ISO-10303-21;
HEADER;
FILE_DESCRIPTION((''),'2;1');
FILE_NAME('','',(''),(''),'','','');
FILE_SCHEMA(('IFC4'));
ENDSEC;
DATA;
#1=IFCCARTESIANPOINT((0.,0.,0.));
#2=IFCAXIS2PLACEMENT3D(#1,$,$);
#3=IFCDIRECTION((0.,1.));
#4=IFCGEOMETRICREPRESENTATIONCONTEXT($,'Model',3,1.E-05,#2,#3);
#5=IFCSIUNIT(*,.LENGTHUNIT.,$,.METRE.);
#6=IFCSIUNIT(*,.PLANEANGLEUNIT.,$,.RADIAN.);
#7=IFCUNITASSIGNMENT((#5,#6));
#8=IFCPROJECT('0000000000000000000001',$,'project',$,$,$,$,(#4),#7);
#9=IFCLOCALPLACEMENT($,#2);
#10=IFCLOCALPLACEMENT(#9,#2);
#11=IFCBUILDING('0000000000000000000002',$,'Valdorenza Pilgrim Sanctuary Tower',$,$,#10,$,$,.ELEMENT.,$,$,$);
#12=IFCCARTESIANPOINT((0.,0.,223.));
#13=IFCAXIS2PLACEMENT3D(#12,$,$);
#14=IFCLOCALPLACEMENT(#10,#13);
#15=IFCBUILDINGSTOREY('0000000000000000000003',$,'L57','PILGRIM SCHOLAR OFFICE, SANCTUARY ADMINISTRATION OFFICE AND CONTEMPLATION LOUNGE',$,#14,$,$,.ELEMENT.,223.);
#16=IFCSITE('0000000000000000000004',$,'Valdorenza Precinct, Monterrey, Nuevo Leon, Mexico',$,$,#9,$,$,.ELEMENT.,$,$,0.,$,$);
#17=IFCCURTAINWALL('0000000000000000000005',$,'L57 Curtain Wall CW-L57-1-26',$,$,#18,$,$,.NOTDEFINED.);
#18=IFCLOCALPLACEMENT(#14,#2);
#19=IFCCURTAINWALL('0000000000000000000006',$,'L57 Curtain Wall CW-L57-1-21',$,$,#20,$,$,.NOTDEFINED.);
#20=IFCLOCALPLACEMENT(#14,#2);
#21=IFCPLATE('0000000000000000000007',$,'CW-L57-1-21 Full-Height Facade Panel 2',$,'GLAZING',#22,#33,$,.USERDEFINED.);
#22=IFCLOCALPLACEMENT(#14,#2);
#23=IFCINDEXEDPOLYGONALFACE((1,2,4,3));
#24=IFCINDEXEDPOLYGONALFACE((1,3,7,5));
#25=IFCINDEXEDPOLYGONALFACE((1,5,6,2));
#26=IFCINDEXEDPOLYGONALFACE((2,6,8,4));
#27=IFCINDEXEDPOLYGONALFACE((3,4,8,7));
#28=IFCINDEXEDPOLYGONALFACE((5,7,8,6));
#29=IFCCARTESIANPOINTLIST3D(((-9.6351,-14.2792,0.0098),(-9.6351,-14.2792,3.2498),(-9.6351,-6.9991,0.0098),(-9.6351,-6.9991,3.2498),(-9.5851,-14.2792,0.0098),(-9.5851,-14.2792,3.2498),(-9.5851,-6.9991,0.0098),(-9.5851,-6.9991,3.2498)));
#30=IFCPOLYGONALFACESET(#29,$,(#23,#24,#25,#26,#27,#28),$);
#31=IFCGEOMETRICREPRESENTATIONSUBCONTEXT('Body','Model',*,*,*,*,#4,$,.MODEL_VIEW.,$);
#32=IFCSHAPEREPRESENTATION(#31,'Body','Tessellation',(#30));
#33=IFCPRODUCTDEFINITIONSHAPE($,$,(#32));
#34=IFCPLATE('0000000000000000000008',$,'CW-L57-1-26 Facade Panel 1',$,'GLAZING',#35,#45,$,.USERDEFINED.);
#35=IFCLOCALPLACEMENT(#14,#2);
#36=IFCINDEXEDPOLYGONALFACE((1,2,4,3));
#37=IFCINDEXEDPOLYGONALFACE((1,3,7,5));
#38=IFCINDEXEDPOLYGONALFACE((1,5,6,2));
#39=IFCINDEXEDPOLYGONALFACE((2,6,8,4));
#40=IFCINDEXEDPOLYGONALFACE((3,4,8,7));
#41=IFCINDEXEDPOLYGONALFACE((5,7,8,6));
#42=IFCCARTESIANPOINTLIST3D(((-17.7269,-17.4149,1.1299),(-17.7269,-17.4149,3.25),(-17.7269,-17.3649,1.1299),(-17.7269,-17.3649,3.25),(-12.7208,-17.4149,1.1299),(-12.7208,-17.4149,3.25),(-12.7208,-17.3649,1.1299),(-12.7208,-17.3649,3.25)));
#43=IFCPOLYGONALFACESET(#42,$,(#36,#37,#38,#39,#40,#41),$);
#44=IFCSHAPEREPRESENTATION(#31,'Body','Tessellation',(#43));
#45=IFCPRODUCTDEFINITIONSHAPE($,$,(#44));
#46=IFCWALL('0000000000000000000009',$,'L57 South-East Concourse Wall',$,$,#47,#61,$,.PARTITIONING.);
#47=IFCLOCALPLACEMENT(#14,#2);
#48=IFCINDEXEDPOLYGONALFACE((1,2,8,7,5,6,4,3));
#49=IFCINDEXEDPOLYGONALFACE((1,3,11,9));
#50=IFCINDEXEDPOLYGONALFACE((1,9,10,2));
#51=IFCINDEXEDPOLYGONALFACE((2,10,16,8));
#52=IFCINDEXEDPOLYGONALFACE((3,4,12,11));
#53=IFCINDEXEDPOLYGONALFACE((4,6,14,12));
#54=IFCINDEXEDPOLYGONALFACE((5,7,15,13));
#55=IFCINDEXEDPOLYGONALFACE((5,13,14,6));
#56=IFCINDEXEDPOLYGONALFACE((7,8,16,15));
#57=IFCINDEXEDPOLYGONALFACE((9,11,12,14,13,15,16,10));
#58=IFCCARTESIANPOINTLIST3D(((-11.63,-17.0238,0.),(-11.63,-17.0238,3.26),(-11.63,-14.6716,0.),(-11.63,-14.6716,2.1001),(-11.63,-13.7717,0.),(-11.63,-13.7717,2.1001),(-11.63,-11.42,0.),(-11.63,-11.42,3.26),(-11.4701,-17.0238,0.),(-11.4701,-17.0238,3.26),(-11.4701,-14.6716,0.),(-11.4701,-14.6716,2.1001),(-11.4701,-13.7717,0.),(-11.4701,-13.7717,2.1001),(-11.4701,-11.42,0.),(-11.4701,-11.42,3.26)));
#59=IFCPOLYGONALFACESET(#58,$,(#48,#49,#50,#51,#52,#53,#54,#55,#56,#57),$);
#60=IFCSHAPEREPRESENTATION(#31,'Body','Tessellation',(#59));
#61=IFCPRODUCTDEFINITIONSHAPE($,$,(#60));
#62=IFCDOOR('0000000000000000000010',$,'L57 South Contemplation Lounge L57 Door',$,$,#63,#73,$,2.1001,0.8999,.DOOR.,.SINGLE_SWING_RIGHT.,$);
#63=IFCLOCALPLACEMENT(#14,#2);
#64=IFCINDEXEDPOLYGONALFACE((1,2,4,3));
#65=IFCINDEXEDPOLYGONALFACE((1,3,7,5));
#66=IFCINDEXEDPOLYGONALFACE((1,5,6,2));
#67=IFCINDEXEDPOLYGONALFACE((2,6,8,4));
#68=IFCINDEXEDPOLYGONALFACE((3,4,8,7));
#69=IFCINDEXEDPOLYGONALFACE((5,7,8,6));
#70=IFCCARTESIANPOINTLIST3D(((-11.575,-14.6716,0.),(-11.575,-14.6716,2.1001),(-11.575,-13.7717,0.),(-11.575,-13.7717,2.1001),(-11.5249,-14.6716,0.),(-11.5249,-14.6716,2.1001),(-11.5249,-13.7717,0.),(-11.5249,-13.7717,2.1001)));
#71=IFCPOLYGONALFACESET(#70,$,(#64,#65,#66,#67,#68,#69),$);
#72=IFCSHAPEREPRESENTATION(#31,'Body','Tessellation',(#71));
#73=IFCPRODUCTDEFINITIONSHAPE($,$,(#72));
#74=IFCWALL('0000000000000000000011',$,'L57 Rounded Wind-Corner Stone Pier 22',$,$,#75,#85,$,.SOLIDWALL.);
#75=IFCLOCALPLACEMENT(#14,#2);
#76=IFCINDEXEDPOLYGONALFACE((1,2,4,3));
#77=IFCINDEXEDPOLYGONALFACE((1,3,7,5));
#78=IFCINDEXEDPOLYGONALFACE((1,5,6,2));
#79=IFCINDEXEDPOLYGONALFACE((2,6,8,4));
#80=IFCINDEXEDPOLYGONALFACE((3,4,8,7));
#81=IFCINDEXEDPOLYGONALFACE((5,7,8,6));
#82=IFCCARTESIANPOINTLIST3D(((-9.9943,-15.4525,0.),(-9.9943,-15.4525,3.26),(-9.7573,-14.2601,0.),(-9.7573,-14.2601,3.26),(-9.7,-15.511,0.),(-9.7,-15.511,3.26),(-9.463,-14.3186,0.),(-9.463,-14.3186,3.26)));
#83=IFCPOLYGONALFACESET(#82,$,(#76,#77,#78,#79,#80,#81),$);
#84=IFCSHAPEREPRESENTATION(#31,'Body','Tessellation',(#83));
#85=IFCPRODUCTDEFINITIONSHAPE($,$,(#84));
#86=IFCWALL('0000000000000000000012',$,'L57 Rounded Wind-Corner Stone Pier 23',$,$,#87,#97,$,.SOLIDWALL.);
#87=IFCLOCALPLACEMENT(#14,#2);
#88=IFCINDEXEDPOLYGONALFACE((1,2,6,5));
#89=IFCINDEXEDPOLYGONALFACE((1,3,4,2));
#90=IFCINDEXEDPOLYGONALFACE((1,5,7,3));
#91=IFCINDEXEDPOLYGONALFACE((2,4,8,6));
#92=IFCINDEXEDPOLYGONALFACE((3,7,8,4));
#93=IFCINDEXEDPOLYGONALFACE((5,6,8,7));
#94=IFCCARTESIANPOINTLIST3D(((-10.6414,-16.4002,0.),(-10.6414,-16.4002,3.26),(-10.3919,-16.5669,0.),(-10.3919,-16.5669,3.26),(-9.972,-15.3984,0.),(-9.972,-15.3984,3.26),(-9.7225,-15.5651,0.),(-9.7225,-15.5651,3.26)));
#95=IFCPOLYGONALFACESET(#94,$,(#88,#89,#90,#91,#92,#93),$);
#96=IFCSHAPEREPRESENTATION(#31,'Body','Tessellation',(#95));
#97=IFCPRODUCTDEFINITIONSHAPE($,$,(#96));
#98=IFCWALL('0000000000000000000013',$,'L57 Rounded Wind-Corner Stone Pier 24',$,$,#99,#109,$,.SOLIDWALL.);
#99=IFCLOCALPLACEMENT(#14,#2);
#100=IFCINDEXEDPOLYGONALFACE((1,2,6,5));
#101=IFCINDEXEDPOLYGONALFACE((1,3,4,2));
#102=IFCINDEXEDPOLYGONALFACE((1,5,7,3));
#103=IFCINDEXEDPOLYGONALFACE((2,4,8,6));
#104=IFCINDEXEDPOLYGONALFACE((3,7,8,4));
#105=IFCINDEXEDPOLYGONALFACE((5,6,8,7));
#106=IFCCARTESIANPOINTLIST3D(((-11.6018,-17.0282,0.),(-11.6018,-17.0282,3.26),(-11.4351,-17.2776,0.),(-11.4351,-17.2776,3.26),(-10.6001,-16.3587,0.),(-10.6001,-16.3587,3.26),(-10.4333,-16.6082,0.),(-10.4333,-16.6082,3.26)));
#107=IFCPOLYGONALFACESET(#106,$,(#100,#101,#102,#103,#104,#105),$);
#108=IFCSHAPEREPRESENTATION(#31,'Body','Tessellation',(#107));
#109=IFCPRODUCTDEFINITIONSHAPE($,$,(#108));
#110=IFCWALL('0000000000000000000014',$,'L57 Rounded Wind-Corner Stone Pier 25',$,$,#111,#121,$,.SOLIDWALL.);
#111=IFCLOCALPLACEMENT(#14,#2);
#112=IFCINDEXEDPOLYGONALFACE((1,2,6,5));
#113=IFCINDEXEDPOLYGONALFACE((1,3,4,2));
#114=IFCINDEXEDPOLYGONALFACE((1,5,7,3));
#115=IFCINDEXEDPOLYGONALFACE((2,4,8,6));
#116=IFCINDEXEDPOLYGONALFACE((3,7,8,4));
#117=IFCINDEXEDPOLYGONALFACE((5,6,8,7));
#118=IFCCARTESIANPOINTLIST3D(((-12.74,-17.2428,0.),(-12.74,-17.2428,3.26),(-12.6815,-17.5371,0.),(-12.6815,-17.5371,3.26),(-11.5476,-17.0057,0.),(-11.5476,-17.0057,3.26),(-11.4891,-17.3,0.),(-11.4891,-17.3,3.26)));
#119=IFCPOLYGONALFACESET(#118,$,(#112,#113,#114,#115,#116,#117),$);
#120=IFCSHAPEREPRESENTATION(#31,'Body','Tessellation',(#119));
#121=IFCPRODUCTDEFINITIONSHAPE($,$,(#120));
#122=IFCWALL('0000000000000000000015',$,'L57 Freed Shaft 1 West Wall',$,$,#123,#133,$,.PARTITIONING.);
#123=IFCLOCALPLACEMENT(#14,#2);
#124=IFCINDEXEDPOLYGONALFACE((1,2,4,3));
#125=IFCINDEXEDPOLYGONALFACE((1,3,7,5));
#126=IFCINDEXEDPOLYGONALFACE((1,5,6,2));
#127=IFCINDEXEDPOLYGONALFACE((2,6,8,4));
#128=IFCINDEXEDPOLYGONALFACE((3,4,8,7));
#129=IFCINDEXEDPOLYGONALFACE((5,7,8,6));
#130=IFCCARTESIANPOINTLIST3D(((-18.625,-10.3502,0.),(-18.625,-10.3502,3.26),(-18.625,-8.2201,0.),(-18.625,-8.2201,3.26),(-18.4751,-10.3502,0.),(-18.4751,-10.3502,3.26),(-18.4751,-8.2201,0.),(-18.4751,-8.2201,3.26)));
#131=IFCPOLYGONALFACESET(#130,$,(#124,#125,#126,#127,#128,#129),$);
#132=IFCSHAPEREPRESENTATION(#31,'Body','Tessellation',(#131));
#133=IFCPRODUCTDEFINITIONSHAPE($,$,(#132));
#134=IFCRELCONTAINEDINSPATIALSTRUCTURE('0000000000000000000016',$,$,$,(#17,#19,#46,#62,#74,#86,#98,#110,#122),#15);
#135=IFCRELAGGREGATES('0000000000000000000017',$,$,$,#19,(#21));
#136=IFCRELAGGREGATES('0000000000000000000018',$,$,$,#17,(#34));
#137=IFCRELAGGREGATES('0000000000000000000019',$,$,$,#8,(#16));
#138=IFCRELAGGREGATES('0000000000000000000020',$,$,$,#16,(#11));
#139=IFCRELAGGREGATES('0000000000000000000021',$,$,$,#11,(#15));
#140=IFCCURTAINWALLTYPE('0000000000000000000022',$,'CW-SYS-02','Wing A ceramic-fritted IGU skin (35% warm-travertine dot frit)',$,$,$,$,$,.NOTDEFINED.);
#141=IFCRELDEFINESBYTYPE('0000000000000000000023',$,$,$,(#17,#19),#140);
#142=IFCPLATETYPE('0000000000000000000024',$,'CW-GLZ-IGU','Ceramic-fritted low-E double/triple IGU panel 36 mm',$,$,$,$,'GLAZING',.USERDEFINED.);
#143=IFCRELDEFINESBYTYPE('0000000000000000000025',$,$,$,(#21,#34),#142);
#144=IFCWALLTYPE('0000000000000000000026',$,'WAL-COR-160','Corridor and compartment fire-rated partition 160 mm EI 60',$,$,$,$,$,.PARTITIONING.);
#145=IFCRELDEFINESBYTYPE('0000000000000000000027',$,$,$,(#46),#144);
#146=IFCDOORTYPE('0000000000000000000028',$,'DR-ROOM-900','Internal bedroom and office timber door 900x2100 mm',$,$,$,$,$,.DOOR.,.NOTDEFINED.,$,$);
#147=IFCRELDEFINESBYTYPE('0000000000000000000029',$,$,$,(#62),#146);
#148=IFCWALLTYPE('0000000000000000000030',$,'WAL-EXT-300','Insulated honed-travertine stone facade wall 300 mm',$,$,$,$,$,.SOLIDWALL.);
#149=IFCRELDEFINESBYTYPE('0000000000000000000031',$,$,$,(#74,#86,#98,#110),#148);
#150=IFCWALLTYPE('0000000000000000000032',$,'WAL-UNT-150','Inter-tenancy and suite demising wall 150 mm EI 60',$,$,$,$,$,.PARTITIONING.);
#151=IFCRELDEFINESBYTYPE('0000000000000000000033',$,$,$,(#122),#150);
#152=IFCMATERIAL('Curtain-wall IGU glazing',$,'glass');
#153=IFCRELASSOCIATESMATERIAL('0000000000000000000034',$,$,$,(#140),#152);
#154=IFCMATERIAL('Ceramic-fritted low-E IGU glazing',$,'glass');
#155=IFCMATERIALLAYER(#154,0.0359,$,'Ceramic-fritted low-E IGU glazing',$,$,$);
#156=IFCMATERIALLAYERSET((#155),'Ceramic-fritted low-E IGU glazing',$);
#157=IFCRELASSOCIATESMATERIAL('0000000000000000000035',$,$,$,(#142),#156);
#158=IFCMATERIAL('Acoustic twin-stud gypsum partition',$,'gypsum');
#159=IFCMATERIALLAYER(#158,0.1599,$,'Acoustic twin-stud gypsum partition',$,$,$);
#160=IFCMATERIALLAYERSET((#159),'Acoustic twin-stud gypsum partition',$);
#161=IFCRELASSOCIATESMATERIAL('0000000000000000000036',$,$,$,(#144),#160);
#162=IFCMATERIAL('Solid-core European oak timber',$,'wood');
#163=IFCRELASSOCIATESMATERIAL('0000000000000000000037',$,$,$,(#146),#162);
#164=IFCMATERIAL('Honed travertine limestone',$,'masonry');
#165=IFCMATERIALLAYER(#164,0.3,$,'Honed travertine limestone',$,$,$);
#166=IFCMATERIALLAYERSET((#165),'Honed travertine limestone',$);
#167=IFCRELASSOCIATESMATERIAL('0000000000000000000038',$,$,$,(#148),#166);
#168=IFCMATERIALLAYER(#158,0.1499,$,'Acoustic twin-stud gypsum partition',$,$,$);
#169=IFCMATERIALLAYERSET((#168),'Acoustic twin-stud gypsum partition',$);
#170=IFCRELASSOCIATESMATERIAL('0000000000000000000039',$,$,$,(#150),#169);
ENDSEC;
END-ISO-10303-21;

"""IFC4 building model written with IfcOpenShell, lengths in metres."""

from ifc_helpers import new_model, si_unit, direction, frame, frame_2d, origin, origin_2d, place, context, subcontext, project, spatial, rectangle, extrude, source, transform, mapped, material, layer, layer_set, type_object, element, fill, aggregate, save


model = new_model("IFC4")

# Units and contexts
model_context = context("Model", 3, precision=1e-05, world=origin(), true_north=direction((0.0, 1.0)))
body_context = subcontext(model_context, "Body", "Model", "MODEL_VIEW")
ifc_project = project(units=[si_unit("LENGTHUNIT", "METRE"), si_unit("PLANEANGLEUNIT", "RADIAN")], contexts=[model_context])

# Site, building, storey
site_placement = place(None, origin())
site = spatial("IfcSite", under=ifc_project, at=site_placement, Name="Valdorenza Precinct, Monterrey, Nuevo Leon, Mexico", CompositionType="ELEMENT", RefElevation=0.0)
building_placement = place(site_placement, origin())
building = spatial("IfcBuilding", under=site, at=building_placement, Name="Valdorenza Pilgrim Sanctuary Tower", CompositionType="ELEMENT")
storey_placement = place(building_placement, frame((0.0, 0.0, 223.0)))
storey = spatial("IfcBuildingStorey", under=building, at=storey_placement, Name="L57", Description="PILGRIM SCHOLAR OFFICE, SANCTUARY ADMINISTRATION OFFICE AND CONTEMPLATION LOUNGE", CompositionType="ELEMENT", Elevation=223.0)

# Curtain walls
ifc_material_1 = material(Name="Curtain-wall IGU glazing", Category="glass")
curtain_wall_type = type_object("IfcCurtainWallType", Name="CW-SYS-02", Description="Wing A ceramic-fritted IGU skin (35% warm-travertine dot frit)", PredefinedType="NOTDEFINED", material=ifc_material_1)
curtain_wall_1_placement = place(storey_placement, origin())
curtain_wall_1 = element("IfcCurtainWall", 1, at=curtain_wall_1_placement, inside=storey, type_object=curtain_wall_type, Name="L57 Curtain Wall CW-L57-1-26", PredefinedType="NOTDEFINED")
curtain_wall_2_placement = place(storey_placement, origin())
curtain_wall_2 = element("IfcCurtainWall", 2, at=curtain_wall_2_placement, inside=storey, type_object=curtain_wall_type, Name="L57 Curtain Wall CW-L57-1-21", PredefinedType="NOTDEFINED")

# Plates
ifc_material_2 = material(Name="Honed travertine limestone", Category="masonry")
ifc_material_3 = material(Name="Ceramic-fritted low-E IGU glazing", Category="glass")
ifc_layer_1 = layer(ifc_material_3, 0.0359, Name="Ceramic-fritted low-E IGU glazing")
ifc_layer_set_1 = layer_set([ifc_layer_1], Name="Ceramic-fritted low-E IGU glazing")
plate_type_1 = type_object("IfcPlateType", Name="CW-GLZ-IGU", Description="Ceramic-fritted low-E double/triple IGU panel 36 mm", ElementType="GLAZING", PredefinedType="USERDEFINED", material=ifc_layer_set_1)
shared_shape_1 = source(origin(), body_context, "Body", "SweptSolid", [
    extrude(rectangle(XDim=7.28, YDim=0.05, at=origin_2d()), origin(), (0.0, 0.0, 1.0), 3.24),
])
plate_1_placement = place(storey_placement, frame((-9.6101, -10.6392, 0.0098), z_axis=(0.0, 0.0, 1.0), x_axis=(0.0, -1.0, 0.0)))
plate_1 = element("IfcPlate", 3, at=plate_1_placement, type_object=plate_type_1, Name="CW-L57-1-21 Full-Height Facade Panel 2", ObjectType="GLAZING", PredefinedType="USERDEFINED", context=body_context, shape_type="MappedRepresentation", body=[
    mapped(shared_shape_1, transform((0.0, 0.0, 0.0), x_axis=(1.0, 0.0, 0.0), y_axis=(0.0, 1.0, 0.0), z_axis=(0.0, 0.0, 1.0), scale=1.0)),
])
aggregate(curtain_wall_2, [plate_1])
shared_shape_2 = source(origin(), body_context, "Body", "SweptSolid", [
    extrude(rectangle(XDim=5.0061, YDim=0.05, at=origin_2d()), origin(), (0.0, 0.0, 1.0), 2.1201),
])
plate_2_placement = place(storey_placement, frame((-15.2239, -17.3899, 1.1299), z_axis=(0.0, 0.0, 1.0), x_axis=(-1.0, 0.0, 0.0)))
plate_2 = element("IfcPlate", 4, at=plate_2_placement, type_object=plate_type_1, Name="CW-L57-1-26 Facade Panel 1", ObjectType="GLAZING", PredefinedType="USERDEFINED", context=body_context, shape_type="MappedRepresentation", body=[
    mapped(shared_shape_2, transform((0.0, 0.0, 0.0), x_axis=(1.0, 0.0, 0.0), y_axis=(0.0, 1.0, 0.0), z_axis=(0.0, 0.0, 1.0), scale=1.0)),
])
aggregate(curtain_wall_1, [plate_2])

# Wall, opening, door
ifc_material_4 = material(Name="Acoustic twin-stud gypsum partition", Category="gypsum")
ifc_layer_2 = layer(ifc_material_4, 0.1599, Name="Acoustic twin-stud gypsum partition")
ifc_layer_set_2 = layer_set([ifc_layer_2], Name="Acoustic twin-stud gypsum partition")
wall_type_1 = type_object("IfcWallType", Name="WAL-COR-160", Description="Corridor and compartment fire-rated partition 160 mm EI 60", PredefinedType="PARTITIONING", material=ifc_layer_set_2)
wall_1_placement = place(storey_placement, frame((-11.55, -17.0237, 0.0), z_axis=(0.0, 0.0, 1.0), x_axis=(0.0, 1.0, 0.0)))
wall_1 = element("IfcWall", 5, at=wall_1_placement, inside=storey, type_object=wall_type_1, Name="L57 South-East Concourse Wall", PredefinedType="PARTITIONING", context=body_context, shape_type="SweptSolid", body=[
    extrude(rectangle(XDim=5.6038, YDim=0.1599, at=frame_2d((2.8018, 0.0))), origin(), (0.0, 0.0, 1.0), 3.26),
])
opening_placement = place(wall_1_placement, frame((2.3521, 0.0, 0.0)))
opening = element("IfcOpeningElement", 6, at=opening_placement, cuts=wall_1, PredefinedType="OPENING", context=body_context, shape_type="SweptSolid", body=[
    extrude(rectangle(XDim=0.8999, YDim=2.1001, at=frame_2d((0.45, 1.05))), frame((0.0, 0.0947, 0.0), z_axis=(0.0, -1.0, 0.0), x_axis=(1.0, 0.0, 0.0)), (0.0, 0.0, 1.0), 0.1897),
])
ifc_material_5 = material(Name="Solid-core European oak timber", Category="wood")
door_type = type_object("IfcDoorType", Name="DR-ROOM-900", Description="Internal bedroom and office timber door 900x2100 mm", OperationType="NOTDEFINED", PredefinedType="DOOR", material=ifc_material_5)
door_placement = place(opening_placement, origin())
door = element("IfcDoor", 7, at=door_placement, inside=storey, type_object=door_type, Name="L57 South Contemplation Lounge L57 Door", OperationType="SINGLE_SWING_RIGHT", OverallHeight=2.1001, OverallWidth=0.8999, PredefinedType="DOOR", context=body_context, shape_type="SweptSolid", body=[
    extrude(rectangle(XDim=0.8999, YDim=2.1001, at=frame_2d((0.45, 1.05))), frame((0.0, 0.0249, 0.0), z_axis=(0.0, -1.0, 0.0), x_axis=(1.0, 0.0, 0.0)), (0.0, 0.0, 1.0), 0.05),
])
fill(opening, door)

# Walls
ifc_layer_3 = layer(ifc_material_2, 0.3, Name="Honed travertine limestone")
ifc_layer_set_3 = layer_set([ifc_layer_3], Name="Honed travertine limestone")
wall_type_2 = type_object("IfcWallType", Name="WAL-EXT-300", Description="Insulated honed-travertine stone facade wall 300 mm", PredefinedType="SOLIDWALL", material=ifc_layer_set_3)
wall_2_placement = place(storey_placement, frame((-9.6101, -14.2893, 0.0), z_axis=(0.0, 0.0, 1.0), x_axis=(-0.194996, -0.980804, 0.0)))
element("IfcWall", 8, at=wall_2_placement, inside=storey, type_object=wall_type_2, Name="L57 Rounded Wind-Corner Stone Pier 22", PredefinedType="SOLIDWALL", context=body_context, shape_type="SweptSolid", body=[
    extrude(rectangle(XDim=1.2158, YDim=0.3, at=frame_2d((0.6079, 0.0))), origin(), (0.0, 0.0, 1.0), 3.26),
])
for number, where, z_axis, x_axis, name in (
    (9, (-9.8472, -15.4817, 0.0), (0.0, 0.0, 1.0), (-0.555635, -0.831426, 0.0), "L57 Rounded Wind-Corner Stone Pier 23"),
    (10, (-10.5166, -16.4834, 0.0), (0.0, 0.0, 1.0), (-0.831426, -0.555635, 0.0), "L57 Rounded Wind-Corner Stone Pier 24"),
):
    element("IfcWall", number, at=place(storey_placement, frame(where, z_axis=z_axis, x_axis=x_axis)), inside=storey, type_object=wall_type_2, Name=name, PredefinedType="SOLIDWALL", context=body_context, shape_type="SweptSolid", body=[
        extrude(rectangle(XDim=1.2048, YDim=0.3, at=frame_2d((0.6025, 0.0))), origin(), (0.0, 0.0, 1.0), 3.26),
    ])
wall_3_placement = place(storey_placement, frame((-11.5183, -17.1528, 0.0), z_axis=(0.0, 0.0, 1.0), x_axis=(-0.980804, -0.194996, 0.0)))
element("IfcWall", 11, at=wall_3_placement, inside=storey, type_object=wall_type_2, Name="L57 Rounded Wind-Corner Stone Pier 25", PredefinedType="SOLIDWALL", context=body_context, shape_type="SweptSolid", body=[
    extrude(rectangle(XDim=1.2158, YDim=0.3, at=frame_2d((0.6079, 0.0))), origin(), (0.0, 0.0, 1.0), 3.26),
])
ifc_layer_4 = layer(ifc_material_4, 0.1499, Name="Acoustic twin-stud gypsum partition")
ifc_layer_set_4 = layer_set([ifc_layer_4], Name="Acoustic twin-stud gypsum partition")
wall_type_3 = type_object("IfcWallType", Name="WAL-UNT-150", Description="Inter-tenancy and suite demising wall 150 mm EI 60", PredefinedType="PARTITIONING", material=ifc_layer_set_4)
wall_4_placement = place(storey_placement, frame((-18.55, -10.3501, 0.0), z_axis=(0.0, 0.0, 1.0), x_axis=(0.0, 1.0, 0.0)))
element("IfcWall", 12, at=wall_4_placement, inside=storey, type_object=wall_type_3, Name="L57 Freed Shaft 1 West Wall", PredefinedType="PARTITIONING", context=body_context, shape_type="SweptSolid", body=[
    extrude(rectangle(XDim=2.1301, YDim=0.1499, at=frame_2d((1.0649, 0.0))), origin(), (0.0, 0.0, 1.0), 3.26),
])

save(model, "model.ifc")
